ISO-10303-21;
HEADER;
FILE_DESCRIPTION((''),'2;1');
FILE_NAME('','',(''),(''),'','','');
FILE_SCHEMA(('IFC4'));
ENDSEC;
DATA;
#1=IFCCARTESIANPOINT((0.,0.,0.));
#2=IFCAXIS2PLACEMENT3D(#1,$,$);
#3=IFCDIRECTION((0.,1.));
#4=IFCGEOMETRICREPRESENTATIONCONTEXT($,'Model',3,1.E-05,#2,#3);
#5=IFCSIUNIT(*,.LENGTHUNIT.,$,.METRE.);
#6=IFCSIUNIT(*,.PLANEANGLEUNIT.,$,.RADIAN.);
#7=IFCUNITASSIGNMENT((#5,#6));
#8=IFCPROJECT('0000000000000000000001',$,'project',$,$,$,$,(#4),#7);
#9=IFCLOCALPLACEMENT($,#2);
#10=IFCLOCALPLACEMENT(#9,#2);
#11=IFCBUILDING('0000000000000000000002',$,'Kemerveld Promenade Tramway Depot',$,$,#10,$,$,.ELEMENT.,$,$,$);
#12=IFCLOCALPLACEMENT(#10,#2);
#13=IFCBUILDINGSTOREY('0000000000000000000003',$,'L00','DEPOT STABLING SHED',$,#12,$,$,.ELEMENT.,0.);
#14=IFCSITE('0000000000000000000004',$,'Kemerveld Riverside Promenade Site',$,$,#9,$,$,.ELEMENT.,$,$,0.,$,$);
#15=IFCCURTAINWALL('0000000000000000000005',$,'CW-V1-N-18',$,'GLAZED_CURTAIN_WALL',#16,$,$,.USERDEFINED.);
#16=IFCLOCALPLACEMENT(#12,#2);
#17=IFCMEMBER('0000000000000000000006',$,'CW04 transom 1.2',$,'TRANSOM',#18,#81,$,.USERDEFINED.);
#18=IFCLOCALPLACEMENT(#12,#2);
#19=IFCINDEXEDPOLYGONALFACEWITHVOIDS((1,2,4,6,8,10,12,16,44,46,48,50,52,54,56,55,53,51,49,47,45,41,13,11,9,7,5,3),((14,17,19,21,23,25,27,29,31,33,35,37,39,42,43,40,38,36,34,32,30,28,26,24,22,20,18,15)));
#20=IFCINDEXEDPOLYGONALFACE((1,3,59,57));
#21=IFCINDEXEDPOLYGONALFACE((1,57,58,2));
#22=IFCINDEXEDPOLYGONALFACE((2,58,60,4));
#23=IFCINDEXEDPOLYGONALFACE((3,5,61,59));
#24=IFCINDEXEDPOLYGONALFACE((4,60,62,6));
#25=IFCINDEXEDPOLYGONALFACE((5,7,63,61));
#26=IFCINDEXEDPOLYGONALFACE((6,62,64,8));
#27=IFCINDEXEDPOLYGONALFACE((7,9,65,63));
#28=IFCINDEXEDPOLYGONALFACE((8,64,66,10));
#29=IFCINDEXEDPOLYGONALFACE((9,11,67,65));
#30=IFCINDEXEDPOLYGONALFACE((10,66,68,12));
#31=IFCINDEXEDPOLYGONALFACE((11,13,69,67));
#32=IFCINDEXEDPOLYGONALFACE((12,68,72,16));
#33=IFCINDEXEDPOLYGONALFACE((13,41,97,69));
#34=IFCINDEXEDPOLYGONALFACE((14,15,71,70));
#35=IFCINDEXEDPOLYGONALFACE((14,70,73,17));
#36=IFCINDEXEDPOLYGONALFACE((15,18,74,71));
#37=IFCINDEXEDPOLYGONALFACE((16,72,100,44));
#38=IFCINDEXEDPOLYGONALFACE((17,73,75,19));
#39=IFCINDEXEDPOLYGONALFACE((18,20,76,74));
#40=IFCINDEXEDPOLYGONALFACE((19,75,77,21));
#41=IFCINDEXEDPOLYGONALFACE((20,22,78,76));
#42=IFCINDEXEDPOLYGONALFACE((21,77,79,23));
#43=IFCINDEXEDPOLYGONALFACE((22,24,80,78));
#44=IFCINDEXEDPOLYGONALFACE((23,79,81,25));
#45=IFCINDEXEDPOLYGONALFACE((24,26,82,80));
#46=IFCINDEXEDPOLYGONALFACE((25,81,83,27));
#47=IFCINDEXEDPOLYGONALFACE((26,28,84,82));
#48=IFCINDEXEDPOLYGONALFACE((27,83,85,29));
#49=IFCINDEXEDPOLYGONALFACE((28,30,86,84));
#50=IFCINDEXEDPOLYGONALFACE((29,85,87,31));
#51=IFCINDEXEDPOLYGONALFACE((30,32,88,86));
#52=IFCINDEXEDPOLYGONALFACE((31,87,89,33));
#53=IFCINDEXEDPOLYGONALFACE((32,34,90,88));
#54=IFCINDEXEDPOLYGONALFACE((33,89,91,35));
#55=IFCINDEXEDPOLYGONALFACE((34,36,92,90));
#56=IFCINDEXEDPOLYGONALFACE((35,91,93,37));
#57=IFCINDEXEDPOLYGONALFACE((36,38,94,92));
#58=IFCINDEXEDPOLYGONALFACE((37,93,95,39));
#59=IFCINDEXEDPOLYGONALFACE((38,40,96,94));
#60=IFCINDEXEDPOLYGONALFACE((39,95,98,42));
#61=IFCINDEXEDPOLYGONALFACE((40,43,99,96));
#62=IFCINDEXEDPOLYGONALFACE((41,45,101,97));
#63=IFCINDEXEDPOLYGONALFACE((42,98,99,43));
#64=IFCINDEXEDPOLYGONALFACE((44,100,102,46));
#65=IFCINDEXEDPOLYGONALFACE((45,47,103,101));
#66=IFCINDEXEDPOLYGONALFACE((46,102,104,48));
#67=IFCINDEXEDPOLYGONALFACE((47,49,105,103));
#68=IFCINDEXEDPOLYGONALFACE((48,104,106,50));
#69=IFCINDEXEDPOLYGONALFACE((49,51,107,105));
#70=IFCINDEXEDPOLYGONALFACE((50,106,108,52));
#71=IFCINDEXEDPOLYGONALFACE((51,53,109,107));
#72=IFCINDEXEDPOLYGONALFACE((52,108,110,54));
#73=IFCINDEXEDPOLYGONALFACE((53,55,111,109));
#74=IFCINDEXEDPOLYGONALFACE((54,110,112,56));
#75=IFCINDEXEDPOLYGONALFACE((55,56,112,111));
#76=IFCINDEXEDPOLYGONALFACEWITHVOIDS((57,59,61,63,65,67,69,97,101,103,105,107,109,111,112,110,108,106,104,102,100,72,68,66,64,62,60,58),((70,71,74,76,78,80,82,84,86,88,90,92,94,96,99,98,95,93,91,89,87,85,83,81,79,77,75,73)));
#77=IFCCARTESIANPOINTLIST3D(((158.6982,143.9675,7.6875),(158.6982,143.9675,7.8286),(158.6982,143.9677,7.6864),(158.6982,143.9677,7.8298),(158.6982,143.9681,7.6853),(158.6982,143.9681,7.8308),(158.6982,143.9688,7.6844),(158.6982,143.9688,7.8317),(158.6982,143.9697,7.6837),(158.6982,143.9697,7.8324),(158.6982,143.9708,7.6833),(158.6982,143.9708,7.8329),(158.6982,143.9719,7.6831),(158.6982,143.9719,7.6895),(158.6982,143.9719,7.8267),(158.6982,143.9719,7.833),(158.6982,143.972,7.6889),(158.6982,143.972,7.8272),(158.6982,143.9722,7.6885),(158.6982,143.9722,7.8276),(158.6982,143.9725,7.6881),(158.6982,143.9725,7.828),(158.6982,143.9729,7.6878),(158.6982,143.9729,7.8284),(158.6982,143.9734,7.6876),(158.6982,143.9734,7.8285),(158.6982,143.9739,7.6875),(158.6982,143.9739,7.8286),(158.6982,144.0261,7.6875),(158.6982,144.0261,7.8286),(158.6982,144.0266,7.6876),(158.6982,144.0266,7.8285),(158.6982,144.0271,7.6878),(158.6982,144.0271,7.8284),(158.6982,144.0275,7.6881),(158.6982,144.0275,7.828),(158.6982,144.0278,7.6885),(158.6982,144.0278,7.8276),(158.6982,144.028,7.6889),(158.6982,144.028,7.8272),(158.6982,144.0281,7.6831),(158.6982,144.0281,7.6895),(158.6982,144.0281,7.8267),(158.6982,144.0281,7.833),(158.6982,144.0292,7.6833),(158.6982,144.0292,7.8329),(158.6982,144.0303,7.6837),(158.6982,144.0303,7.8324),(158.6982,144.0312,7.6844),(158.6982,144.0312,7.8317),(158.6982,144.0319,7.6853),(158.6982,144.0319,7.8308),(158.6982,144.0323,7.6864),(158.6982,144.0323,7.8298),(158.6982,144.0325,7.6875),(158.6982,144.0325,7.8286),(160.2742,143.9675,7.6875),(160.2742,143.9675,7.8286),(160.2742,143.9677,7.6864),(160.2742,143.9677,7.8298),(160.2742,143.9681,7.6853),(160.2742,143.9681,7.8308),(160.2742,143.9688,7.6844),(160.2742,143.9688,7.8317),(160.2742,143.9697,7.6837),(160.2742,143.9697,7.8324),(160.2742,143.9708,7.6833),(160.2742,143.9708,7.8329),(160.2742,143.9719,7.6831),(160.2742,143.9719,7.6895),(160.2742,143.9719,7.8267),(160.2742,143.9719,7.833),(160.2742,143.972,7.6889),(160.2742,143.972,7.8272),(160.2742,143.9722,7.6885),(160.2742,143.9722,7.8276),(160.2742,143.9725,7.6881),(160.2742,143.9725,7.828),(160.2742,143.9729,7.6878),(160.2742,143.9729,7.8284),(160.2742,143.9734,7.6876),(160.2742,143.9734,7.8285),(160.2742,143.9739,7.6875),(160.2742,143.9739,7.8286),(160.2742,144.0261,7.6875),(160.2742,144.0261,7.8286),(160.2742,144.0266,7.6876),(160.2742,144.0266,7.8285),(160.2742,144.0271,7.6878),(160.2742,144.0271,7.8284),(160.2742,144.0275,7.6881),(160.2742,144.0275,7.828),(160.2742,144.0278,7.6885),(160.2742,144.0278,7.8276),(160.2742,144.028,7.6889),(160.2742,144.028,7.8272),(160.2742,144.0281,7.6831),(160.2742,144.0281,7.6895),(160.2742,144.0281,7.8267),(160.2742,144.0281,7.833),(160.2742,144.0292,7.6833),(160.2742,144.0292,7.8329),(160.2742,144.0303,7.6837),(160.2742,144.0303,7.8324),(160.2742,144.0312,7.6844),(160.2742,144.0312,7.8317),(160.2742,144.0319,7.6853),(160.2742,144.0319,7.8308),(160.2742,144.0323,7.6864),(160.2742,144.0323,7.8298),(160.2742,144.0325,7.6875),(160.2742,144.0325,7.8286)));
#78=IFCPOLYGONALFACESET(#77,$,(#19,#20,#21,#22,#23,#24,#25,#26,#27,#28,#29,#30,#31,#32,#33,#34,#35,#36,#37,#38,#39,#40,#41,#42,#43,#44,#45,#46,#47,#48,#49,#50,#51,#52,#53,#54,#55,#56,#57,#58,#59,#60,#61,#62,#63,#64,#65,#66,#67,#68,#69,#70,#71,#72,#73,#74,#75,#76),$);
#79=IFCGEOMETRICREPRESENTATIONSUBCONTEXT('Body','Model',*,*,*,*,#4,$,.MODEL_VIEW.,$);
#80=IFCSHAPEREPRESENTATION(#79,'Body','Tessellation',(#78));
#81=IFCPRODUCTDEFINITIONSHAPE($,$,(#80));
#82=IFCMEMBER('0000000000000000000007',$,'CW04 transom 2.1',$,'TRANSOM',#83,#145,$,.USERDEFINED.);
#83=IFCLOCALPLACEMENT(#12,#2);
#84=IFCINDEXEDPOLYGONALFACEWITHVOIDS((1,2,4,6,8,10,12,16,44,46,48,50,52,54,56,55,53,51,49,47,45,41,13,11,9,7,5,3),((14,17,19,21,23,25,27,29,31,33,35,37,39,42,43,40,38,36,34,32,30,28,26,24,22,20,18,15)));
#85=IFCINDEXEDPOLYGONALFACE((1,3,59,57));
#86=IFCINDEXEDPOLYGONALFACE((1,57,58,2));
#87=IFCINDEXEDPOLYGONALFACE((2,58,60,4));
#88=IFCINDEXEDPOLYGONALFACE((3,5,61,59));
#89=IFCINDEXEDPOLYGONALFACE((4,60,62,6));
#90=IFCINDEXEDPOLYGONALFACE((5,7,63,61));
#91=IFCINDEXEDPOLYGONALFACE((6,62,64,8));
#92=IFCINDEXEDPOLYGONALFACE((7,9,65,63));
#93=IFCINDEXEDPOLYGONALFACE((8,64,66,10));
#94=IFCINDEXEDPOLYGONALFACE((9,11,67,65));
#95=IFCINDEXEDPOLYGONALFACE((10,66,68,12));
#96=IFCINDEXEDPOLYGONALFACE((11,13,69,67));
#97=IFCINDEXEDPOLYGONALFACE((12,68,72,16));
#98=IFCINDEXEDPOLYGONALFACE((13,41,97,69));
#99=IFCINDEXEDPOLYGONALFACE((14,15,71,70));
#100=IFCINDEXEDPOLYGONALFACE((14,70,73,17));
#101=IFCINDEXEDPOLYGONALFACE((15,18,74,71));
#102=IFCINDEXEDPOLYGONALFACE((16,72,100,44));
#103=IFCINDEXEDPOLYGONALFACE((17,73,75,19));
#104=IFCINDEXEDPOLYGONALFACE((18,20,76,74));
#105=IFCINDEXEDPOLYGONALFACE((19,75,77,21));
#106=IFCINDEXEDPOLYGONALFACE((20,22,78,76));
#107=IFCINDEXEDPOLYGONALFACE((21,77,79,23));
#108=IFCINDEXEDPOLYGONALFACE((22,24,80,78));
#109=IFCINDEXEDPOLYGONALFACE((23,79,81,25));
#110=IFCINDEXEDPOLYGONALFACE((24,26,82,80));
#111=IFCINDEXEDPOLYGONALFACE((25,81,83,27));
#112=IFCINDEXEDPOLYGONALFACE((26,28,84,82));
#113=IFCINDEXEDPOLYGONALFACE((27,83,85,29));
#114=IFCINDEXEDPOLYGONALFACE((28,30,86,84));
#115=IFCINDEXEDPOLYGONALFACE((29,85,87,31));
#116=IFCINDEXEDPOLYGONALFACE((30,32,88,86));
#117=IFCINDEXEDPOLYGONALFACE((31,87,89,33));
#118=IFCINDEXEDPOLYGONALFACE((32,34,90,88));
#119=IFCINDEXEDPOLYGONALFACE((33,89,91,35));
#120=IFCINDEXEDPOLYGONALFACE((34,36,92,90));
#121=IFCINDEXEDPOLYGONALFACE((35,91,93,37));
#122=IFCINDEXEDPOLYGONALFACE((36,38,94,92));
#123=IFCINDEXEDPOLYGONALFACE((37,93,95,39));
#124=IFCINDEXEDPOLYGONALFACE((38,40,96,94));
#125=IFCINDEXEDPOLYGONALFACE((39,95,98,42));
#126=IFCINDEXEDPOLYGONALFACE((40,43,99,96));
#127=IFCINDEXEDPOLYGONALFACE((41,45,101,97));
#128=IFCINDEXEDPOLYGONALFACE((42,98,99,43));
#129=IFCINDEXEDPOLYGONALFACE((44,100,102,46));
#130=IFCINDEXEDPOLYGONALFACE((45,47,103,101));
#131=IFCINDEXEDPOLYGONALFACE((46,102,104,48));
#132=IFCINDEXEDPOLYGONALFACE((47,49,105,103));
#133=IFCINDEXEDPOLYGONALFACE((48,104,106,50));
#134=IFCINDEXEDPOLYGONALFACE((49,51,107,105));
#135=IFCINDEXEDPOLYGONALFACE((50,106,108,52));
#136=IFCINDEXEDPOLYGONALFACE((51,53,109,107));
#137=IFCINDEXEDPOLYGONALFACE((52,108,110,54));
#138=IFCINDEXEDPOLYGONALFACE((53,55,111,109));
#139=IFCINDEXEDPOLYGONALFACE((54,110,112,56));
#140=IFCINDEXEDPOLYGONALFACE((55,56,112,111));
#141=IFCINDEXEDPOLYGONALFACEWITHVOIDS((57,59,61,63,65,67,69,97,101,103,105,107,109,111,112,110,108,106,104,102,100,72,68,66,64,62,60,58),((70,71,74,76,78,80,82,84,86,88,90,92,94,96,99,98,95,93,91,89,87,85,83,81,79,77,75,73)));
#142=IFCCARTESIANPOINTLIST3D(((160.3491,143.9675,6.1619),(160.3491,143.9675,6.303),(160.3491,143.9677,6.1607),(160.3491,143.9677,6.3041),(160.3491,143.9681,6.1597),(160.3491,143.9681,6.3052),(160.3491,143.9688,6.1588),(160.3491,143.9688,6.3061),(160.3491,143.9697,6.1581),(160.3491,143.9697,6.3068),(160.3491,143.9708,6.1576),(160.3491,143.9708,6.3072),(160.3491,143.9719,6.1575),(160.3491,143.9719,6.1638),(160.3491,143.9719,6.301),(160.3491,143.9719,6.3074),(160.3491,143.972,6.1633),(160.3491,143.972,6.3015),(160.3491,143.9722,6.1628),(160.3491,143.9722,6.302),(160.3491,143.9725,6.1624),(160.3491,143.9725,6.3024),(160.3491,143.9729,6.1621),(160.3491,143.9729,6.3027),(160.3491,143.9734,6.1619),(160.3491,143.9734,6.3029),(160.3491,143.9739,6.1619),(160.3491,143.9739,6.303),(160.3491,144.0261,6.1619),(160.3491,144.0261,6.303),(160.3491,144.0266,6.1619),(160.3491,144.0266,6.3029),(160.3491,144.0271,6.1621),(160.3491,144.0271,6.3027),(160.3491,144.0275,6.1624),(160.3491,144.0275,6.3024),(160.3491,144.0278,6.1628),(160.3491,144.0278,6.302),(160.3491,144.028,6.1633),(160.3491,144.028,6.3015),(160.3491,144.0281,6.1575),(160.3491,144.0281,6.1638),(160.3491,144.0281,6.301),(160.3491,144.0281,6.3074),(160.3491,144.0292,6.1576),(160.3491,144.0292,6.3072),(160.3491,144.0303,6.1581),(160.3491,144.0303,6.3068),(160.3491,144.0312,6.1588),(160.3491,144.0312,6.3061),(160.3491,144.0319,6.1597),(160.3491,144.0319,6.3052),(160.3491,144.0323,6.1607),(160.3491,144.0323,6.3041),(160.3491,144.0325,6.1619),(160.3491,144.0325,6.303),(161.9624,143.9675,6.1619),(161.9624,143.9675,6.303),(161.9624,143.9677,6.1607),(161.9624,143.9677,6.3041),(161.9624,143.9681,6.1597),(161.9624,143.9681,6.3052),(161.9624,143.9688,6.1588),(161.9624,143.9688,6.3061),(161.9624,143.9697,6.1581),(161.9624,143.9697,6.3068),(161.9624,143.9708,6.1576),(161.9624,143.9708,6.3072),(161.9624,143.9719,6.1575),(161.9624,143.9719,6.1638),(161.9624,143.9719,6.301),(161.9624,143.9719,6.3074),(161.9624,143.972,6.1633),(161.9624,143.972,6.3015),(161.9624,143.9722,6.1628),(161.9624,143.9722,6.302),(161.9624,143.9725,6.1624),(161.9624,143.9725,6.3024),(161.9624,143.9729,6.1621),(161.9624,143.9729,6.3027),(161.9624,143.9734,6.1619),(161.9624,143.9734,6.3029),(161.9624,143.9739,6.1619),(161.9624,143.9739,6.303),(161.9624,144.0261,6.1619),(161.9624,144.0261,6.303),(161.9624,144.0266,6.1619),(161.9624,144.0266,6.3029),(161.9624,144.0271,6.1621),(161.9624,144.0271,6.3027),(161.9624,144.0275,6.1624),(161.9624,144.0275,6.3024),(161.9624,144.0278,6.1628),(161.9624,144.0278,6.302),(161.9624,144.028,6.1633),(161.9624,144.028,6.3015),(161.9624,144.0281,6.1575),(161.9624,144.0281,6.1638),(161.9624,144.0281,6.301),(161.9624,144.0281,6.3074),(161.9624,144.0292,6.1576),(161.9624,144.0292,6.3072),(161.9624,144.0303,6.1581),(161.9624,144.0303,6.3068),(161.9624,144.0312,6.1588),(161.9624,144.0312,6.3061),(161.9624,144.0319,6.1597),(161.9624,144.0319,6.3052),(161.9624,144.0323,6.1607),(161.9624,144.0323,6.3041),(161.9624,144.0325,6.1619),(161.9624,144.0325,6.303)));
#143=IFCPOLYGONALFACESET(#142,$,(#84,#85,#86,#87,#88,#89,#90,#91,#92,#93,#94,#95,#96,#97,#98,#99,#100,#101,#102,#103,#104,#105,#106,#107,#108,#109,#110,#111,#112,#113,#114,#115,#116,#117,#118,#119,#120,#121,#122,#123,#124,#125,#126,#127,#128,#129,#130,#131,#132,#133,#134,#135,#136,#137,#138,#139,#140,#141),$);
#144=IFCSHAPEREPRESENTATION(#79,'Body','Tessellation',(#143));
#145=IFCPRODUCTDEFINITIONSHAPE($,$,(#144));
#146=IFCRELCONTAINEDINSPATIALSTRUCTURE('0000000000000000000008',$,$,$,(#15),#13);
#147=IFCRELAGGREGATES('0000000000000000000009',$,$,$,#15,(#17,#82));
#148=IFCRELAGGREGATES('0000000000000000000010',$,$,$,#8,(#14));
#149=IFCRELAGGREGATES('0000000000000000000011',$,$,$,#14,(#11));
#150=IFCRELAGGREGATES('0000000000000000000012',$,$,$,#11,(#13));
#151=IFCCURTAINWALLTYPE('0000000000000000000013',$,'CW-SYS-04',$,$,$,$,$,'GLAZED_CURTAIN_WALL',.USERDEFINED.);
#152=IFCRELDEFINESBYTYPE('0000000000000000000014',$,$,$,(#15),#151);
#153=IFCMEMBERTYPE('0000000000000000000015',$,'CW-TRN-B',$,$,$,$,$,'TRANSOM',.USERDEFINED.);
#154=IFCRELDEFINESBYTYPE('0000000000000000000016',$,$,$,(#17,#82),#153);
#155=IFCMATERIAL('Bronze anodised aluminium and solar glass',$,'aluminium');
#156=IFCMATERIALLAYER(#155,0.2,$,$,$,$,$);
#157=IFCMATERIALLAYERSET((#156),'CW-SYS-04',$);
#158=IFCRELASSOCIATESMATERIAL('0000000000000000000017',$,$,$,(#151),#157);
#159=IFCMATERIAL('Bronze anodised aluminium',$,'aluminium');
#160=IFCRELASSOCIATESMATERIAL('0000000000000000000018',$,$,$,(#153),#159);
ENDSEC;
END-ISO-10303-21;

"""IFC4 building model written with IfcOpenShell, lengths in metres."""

from ifc_helpers import new_model, si_unit, direction, frame, origin, origin_2d, place, context, subcontext, project, spatial, hollow_rectangle, extrude, material, layer, layer_set, material_profile, profile_set, type_object, element, aggregate, save


model = new_model("IFC4")

# Units and contexts
model_context = context("Model", 3, precision=1e-05, world=origin(), true_north=direction((0.0, 1.0)))
body_context = subcontext(model_context, "Body", "Model", "MODEL_VIEW")
ifc_project = project(units=[si_unit("LENGTHUNIT", "METRE"), si_unit("PLANEANGLEUNIT", "RADIAN")], contexts=[model_context])

# Site, building, storey
site_placement = place(None, origin())
site = spatial("IfcSite", under=ifc_project, at=site_placement, Name="Kemerveld Riverside Promenade Site", CompositionType="ELEMENT", RefElevation=0.0)
building_placement = place(site_placement, origin())
building = spatial("IfcBuilding", under=site, at=building_placement, Name="Kemerveld Promenade Tramway Depot", CompositionType="ELEMENT")
storey_placement = place(building_placement, origin())
storey = spatial("IfcBuildingStorey", under=building, at=storey_placement, Name="L00", Description="DEPOT STABLING SHED", CompositionType="ELEMENT", Elevation=0.0)

# Shared definitions
ifc_material_1 = material(Name="Bronze anodised aluminium and solar glass", Category="aluminium")
ifc_material_2 = material(Name="Bronze anodised aluminium", Category="aluminium")

# Curtain wall
ifc_layer_1 = layer(ifc_material_1, 0.2)
ifc_layer_set_1 = layer_set([ifc_layer_1], Name="CW-SYS-04")
curtain_wall_type_1 = type_object("IfcCurtainWallType", Name="CW-SYS-04", ElementType="GLAZED_CURTAIN_WALL", PredefinedType="USERDEFINED", material=ifc_layer_set_1)
curtain_wall_1_placement = place(storey_placement, origin())
curtain_wall_1 = element("IfcCurtainWall", 1, at=curtain_wall_1_placement, inside=storey, type_object=curtain_wall_type_1, Name="CW-V1-N-18", ObjectType="GLAZED_CURTAIN_WALL", PredefinedType="USERDEFINED")

# Members
ifc_material_profile_1 = material_profile(ifc_material_2, hollow_rectangle(XDim=0.0649, YDim=0.1499, WallThickness=0.0044, InnerFilletRadius=0.002, OuterFilletRadius=0.0044, at=origin_2d()), Name="CW-TRN-150x65")
ifc_profile_set_1 = profile_set([ifc_material_profile_1], Name="Bronze anodised aluminium")
member_type_1 = type_object("IfcMemberType", Name="CW-TRN-B", ElementType="TRANSOM", PredefinedType="USERDEFINED", material=ifc_profile_set_1)
member_1_placement = place(storey_placement, frame((158.6982, 144.0, 7.7581), z_axis=(1.0, 0.0, 0.0), x_axis=(0.0, 1.0, 0.0)))
member_1 = element("IfcMember", 2, at=member_1_placement, type_object=member_type_1, Name="CW04 transom 1.2", ObjectType="TRANSOM", PredefinedType="USERDEFINED", context=body_context, shape_type="SweptSolid", body=[
    extrude(hollow_rectangle(XDim=0.0649, YDim=0.1499, WallThickness=0.0044, InnerFilletRadius=0.002, OuterFilletRadius=0.0044, at=origin_2d()), origin(), (0.0, 0.0, 1.0), 1.5759),
])
member_2_placement = place(storey_placement, frame((160.3491, 144.0, 6.2324), z_axis=(1.0, 0.0, 0.0), x_axis=(0.0, 1.0, 0.0)))
member_2 = element("IfcMember", 3, at=member_2_placement, type_object=member_type_1, Name="CW04 transom 2.1", ObjectType="TRANSOM", PredefinedType="USERDEFINED", context=body_context, shape_type="SweptSolid", body=[
    extrude(hollow_rectangle(XDim=0.0649, YDim=0.1499, WallThickness=0.0044, InnerFilletRadius=0.002, OuterFilletRadius=0.0044, at=origin_2d()), origin(), (0.0, 0.0, 1.0), 1.6133),
])

aggregate(curtain_wall_1, [member_1, member_2])

save(model, "model.ifc")
